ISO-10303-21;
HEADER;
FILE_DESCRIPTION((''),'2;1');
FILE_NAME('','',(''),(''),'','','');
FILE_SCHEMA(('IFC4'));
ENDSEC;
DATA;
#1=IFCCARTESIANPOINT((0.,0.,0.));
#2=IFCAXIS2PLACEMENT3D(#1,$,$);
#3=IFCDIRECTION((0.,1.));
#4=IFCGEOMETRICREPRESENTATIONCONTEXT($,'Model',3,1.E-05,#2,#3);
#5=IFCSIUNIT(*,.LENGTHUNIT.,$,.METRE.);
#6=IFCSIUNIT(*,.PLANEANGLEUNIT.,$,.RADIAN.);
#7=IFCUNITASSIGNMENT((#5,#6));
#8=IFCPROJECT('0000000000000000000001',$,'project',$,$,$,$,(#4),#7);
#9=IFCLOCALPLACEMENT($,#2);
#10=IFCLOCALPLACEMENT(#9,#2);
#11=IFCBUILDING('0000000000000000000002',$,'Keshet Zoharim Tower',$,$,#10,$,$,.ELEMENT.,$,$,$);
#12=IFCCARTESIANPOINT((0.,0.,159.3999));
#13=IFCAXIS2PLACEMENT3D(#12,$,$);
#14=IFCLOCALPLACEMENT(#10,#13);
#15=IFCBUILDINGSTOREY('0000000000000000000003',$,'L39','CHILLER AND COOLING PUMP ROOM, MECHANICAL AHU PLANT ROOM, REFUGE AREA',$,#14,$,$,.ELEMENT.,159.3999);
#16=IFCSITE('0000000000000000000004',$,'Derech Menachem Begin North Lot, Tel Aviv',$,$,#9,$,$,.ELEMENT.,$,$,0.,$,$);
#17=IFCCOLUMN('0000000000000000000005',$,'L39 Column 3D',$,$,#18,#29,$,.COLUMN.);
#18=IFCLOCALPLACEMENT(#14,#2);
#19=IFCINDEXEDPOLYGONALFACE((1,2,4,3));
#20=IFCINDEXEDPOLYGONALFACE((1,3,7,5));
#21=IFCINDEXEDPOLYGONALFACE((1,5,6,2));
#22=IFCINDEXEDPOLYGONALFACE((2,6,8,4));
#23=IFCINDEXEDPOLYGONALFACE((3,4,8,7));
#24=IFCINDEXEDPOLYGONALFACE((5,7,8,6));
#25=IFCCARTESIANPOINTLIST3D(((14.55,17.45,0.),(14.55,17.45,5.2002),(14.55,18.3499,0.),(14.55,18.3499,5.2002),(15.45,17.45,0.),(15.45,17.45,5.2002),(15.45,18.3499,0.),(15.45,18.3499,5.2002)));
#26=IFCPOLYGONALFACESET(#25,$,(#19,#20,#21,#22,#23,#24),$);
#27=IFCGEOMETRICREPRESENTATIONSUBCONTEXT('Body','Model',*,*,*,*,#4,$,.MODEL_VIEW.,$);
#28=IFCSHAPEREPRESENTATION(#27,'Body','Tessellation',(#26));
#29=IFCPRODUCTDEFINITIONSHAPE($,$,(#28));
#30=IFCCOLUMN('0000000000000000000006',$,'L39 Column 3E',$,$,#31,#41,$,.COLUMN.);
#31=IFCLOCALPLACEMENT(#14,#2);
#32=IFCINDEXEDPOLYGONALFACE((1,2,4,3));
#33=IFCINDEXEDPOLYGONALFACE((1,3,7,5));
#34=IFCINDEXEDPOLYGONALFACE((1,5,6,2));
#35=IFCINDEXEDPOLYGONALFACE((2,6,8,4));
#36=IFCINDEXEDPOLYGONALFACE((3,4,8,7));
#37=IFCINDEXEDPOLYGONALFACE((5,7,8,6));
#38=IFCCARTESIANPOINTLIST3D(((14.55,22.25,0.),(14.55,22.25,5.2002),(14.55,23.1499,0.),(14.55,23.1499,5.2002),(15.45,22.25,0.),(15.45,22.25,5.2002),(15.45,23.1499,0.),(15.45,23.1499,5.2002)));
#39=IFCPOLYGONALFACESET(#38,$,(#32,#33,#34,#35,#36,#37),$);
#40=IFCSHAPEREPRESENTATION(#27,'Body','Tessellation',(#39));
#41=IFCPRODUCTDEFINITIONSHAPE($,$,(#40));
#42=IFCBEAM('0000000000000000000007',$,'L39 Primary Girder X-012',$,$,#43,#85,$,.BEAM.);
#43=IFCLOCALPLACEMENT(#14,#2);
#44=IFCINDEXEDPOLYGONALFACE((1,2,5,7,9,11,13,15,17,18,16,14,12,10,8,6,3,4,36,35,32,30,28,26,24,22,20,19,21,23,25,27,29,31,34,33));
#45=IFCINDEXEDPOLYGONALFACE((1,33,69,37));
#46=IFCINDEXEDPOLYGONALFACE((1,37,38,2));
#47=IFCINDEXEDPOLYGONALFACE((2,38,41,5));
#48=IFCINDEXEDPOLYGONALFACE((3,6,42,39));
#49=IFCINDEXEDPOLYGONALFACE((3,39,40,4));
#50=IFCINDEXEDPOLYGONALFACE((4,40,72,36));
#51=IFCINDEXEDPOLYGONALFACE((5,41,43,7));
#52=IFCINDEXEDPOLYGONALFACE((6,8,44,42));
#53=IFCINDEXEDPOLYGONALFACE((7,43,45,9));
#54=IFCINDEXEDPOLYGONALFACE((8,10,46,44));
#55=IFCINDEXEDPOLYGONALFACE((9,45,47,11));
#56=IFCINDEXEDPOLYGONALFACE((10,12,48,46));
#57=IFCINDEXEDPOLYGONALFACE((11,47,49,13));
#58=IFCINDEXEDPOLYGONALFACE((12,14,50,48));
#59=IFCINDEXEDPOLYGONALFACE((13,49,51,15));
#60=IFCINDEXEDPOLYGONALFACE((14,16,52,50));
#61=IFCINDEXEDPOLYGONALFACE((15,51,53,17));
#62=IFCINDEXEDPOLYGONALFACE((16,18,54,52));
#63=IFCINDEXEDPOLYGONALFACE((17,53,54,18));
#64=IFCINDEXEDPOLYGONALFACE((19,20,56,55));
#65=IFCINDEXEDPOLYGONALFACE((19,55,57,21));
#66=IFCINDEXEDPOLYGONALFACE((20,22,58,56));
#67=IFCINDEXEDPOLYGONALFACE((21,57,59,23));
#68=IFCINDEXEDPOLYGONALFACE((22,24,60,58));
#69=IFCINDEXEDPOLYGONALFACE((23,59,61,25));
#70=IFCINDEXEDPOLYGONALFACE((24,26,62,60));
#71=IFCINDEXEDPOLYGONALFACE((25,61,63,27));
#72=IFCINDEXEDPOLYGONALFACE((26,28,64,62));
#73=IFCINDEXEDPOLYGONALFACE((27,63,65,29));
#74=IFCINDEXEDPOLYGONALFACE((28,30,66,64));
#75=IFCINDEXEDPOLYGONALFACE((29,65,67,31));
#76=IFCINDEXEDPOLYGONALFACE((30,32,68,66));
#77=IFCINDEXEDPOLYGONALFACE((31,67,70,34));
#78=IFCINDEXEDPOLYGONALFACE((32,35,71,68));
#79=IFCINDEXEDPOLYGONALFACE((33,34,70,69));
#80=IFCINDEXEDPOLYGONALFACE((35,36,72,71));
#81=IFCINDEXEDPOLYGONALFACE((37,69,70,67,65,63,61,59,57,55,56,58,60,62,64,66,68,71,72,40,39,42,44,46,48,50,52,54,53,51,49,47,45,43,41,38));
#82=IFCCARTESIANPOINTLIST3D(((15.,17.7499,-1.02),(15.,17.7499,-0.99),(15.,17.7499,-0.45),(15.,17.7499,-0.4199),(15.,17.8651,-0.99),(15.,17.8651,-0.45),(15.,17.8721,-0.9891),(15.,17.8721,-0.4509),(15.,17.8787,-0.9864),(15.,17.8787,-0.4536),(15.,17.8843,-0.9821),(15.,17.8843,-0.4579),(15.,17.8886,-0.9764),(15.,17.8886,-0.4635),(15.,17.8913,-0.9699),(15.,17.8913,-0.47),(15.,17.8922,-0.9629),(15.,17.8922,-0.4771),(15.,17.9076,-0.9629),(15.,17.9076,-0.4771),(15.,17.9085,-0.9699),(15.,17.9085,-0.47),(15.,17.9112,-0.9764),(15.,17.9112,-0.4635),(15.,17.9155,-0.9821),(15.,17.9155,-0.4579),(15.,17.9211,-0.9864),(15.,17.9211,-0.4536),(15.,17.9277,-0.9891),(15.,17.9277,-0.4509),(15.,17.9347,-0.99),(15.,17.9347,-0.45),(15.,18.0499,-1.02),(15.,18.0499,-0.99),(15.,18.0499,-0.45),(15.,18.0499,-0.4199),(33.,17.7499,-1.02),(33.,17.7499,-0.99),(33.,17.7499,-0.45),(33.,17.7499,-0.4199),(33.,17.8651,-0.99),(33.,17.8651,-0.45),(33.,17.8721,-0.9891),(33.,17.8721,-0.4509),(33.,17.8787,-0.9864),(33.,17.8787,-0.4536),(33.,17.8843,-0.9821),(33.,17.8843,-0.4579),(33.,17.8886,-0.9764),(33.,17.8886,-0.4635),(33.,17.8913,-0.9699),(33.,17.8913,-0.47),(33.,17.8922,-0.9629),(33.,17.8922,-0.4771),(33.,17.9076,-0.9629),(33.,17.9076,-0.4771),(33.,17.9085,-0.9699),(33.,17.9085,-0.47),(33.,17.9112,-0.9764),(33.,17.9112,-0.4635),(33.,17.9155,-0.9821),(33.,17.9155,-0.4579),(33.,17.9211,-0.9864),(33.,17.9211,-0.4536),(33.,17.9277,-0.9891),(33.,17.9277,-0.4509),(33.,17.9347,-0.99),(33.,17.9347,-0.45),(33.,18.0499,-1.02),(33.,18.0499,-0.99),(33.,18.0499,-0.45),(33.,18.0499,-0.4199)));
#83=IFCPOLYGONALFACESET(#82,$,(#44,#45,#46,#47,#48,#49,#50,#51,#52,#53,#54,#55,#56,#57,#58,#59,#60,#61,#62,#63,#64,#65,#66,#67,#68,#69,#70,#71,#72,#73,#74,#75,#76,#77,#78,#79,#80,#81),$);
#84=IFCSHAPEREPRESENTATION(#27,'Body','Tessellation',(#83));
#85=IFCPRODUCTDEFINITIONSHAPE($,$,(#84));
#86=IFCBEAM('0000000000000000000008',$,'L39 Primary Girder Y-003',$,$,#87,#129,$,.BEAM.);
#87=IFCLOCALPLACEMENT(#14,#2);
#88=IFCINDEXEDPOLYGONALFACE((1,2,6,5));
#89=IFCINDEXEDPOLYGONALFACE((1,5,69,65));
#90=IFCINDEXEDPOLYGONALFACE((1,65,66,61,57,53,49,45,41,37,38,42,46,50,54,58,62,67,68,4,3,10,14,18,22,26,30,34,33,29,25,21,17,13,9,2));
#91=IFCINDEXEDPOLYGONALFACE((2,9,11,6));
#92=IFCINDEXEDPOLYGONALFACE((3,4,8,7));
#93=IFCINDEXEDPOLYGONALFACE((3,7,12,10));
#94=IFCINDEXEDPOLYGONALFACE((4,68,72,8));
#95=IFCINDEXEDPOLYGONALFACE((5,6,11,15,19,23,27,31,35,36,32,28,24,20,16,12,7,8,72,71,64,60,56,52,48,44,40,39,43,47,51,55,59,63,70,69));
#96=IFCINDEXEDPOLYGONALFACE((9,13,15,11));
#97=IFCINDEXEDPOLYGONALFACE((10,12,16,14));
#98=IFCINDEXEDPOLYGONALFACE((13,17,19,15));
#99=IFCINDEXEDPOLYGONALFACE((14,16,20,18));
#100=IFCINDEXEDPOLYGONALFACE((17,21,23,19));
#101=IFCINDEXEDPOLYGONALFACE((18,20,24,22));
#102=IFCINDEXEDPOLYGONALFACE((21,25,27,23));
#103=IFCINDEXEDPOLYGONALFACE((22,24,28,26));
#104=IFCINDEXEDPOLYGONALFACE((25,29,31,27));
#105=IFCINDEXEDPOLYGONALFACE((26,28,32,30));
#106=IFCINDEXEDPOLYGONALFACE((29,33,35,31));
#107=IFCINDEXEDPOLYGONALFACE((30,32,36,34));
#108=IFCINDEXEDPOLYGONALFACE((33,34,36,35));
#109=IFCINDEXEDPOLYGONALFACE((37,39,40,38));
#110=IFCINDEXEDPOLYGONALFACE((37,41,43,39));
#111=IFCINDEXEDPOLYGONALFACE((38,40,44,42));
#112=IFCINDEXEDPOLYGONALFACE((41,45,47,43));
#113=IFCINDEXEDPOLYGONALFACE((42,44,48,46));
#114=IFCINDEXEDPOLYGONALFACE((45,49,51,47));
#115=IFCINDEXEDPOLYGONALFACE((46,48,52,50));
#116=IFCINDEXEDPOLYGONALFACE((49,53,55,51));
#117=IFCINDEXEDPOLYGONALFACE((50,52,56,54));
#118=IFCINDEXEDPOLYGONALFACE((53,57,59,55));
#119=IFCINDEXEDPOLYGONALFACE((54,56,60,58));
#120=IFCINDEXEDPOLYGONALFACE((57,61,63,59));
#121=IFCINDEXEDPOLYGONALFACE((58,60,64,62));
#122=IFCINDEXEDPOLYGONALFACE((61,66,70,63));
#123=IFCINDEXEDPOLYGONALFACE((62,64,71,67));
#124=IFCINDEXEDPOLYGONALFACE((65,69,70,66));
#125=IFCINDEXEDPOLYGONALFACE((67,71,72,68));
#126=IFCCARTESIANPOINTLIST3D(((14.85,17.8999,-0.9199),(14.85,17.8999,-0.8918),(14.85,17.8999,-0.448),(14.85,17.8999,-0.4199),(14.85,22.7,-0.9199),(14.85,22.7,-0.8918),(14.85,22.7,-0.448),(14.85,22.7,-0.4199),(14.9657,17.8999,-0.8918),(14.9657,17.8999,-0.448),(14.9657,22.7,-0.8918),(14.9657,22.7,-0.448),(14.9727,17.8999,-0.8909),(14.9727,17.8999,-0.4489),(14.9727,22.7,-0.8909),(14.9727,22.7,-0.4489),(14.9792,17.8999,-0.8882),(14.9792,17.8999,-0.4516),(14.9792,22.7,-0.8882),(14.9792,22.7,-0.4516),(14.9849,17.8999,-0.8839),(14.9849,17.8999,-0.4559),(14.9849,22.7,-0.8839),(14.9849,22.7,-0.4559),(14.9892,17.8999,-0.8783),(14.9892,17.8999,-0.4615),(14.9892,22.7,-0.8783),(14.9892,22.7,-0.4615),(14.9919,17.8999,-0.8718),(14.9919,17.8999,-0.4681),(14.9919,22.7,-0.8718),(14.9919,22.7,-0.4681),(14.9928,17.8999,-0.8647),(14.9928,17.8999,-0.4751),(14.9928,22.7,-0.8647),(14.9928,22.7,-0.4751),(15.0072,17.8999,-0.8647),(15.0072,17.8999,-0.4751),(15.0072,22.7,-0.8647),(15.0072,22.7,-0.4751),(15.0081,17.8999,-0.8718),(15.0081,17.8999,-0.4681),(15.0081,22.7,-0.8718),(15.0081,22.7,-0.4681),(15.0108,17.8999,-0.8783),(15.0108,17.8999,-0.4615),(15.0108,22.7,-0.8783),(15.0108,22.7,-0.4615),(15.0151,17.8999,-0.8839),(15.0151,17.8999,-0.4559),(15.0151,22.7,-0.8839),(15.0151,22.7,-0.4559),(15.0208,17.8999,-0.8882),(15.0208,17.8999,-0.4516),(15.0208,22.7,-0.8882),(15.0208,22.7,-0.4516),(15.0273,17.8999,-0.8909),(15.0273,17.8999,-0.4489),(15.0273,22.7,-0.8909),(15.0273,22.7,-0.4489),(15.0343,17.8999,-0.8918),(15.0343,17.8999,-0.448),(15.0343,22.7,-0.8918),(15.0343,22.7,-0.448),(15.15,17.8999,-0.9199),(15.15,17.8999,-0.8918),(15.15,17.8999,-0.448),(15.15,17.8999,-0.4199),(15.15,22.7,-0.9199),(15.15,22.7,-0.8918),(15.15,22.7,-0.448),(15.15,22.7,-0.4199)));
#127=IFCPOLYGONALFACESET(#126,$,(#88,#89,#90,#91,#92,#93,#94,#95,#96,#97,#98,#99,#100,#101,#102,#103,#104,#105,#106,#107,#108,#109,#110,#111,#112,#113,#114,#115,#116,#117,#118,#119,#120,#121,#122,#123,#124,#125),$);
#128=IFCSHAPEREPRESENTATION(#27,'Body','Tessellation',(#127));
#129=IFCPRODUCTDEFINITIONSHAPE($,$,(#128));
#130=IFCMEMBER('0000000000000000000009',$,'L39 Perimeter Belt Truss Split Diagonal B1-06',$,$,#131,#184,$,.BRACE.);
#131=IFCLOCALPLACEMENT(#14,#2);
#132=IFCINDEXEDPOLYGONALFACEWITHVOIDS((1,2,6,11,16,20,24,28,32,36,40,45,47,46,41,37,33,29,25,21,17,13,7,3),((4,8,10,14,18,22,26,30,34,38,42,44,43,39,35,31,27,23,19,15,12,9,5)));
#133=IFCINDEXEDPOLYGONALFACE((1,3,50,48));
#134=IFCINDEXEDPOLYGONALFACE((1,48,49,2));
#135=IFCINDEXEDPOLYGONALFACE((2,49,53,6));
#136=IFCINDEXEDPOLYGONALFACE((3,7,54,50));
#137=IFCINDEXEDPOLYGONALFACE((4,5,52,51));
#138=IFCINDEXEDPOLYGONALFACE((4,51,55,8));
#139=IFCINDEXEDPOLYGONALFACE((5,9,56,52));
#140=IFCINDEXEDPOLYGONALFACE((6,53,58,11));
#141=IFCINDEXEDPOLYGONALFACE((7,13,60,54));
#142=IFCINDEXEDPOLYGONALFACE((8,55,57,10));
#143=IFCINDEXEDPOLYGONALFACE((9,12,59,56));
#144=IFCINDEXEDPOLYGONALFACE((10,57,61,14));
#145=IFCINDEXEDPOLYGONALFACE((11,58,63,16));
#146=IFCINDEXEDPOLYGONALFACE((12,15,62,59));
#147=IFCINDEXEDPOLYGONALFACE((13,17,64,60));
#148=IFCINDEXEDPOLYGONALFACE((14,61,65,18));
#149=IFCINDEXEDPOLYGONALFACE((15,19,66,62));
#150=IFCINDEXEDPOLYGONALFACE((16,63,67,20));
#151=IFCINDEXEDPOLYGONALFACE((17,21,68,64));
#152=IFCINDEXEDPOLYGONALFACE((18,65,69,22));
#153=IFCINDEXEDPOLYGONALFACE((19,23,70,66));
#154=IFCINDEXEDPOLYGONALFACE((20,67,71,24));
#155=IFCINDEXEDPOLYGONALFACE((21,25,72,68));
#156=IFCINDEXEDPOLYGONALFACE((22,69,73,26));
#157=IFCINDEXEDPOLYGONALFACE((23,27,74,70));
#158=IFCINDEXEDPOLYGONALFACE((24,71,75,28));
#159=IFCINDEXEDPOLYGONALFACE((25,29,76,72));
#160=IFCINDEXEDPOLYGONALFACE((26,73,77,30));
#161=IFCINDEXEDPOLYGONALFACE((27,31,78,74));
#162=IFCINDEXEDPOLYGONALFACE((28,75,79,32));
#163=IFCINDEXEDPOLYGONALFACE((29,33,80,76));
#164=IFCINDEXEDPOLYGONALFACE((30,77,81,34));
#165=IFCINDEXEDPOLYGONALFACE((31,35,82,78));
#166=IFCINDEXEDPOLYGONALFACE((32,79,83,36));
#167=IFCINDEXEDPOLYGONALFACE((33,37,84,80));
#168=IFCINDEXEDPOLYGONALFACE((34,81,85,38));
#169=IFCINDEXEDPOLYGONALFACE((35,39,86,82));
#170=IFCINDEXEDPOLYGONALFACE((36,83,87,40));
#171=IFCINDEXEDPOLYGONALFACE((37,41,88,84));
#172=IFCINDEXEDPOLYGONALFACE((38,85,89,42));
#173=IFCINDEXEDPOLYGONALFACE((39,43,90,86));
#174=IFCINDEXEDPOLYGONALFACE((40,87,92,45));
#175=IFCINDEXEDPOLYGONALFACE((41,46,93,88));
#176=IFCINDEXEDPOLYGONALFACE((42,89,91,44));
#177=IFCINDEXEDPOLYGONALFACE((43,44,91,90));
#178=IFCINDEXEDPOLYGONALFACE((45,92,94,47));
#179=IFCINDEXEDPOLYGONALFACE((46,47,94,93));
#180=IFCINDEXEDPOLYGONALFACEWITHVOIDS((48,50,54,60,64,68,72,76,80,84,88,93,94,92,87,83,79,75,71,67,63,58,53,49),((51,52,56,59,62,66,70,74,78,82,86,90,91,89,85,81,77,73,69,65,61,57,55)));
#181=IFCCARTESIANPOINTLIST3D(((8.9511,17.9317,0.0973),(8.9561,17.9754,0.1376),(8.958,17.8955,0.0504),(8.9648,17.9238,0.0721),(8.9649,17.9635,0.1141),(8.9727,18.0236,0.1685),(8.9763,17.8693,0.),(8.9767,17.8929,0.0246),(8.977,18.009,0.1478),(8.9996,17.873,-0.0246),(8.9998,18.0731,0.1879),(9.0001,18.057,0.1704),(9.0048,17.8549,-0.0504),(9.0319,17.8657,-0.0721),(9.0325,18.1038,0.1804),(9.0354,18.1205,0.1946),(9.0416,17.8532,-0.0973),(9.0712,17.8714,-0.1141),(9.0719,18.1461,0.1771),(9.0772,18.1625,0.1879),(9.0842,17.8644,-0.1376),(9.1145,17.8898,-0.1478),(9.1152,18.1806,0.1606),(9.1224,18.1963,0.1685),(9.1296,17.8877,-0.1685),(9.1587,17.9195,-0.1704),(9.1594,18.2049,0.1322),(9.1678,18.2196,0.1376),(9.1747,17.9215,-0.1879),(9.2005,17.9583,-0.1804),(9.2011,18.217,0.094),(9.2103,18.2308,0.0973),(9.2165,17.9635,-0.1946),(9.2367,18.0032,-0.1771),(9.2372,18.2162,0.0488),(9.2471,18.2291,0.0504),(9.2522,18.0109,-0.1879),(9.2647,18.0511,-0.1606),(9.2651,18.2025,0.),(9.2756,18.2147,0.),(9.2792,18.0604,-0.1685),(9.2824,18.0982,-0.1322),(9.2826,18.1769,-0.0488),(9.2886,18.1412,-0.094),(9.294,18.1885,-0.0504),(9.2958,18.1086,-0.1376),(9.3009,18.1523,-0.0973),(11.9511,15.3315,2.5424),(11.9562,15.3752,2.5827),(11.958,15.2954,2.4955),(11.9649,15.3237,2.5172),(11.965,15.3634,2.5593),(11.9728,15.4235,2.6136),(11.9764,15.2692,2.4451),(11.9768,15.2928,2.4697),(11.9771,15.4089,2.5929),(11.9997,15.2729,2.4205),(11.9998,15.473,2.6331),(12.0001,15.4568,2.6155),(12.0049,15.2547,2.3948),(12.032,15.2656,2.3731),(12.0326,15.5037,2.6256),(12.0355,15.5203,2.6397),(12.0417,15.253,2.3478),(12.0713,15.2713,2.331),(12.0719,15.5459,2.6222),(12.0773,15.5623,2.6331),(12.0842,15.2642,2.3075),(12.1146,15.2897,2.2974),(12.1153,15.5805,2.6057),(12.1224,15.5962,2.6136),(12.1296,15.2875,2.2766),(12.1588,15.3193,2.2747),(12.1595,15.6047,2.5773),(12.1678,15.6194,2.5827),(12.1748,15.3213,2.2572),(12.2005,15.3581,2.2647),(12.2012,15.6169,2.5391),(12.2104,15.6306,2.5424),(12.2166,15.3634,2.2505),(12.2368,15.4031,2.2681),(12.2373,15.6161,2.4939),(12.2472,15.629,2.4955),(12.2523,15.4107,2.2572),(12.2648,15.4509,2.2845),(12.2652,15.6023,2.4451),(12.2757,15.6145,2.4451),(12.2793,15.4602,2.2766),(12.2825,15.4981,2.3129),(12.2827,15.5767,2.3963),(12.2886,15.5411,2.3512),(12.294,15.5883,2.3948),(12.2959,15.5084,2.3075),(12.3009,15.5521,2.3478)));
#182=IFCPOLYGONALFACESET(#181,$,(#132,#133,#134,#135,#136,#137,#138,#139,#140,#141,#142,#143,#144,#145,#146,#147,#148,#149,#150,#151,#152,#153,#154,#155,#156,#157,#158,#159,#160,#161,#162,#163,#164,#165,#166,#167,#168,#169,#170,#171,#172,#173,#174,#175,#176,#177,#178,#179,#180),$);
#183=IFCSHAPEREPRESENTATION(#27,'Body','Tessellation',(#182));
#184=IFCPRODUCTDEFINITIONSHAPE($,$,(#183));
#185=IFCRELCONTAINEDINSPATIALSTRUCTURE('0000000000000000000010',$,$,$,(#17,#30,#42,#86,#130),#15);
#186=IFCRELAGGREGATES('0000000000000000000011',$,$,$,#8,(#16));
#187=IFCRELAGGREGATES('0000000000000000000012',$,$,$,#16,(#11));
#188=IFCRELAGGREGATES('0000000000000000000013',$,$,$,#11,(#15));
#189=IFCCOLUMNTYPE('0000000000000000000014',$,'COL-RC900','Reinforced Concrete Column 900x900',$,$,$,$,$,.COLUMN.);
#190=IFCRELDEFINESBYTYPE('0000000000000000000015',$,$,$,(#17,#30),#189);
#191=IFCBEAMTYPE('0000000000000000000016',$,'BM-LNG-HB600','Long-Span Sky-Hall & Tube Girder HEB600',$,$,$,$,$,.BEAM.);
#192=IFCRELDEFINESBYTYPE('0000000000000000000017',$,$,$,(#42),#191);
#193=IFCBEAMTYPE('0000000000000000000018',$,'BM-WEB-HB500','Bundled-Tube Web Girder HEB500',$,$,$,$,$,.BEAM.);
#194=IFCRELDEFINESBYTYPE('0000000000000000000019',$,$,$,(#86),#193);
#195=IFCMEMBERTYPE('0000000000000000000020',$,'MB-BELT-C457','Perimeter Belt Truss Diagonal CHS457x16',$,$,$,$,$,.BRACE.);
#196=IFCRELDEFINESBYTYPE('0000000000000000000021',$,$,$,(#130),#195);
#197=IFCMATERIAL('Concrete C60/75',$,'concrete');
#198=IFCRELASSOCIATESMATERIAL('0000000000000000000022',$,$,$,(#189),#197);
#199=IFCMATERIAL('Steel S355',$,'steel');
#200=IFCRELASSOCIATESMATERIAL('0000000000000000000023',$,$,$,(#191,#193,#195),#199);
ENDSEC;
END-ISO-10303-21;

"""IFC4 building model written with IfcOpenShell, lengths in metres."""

from ifc_helpers import new_model, si_unit, direction, frame, origin, origin_2d, place, context, subcontext, project, spatial, rectangle, hollow_circle, i_section, extrude, material, material_profile, profile_set, type_object, element, save


model = new_model("IFC4")

# Units and contexts
model_context = context("Model", 3, precision=1e-05, world=origin(), true_north=direction((0.0, 1.0)))
body_context = subcontext(model_context, "Body", "Model", "MODEL_VIEW")
ifc_project = project(units=[si_unit("LENGTHUNIT", "METRE"), si_unit("PLANEANGLEUNIT", "RADIAN")], contexts=[model_context])

# Site, building, storey
site_placement = place(None, origin())
site = spatial("IfcSite", under=ifc_project, at=site_placement, Name="Derech Menachem Begin North Lot, Tel Aviv", CompositionType="ELEMENT", RefElevation=0.0)
building_placement = place(site_placement, origin())
building = spatial("IfcBuilding", under=site, at=building_placement, Name="Keshet Zoharim Tower", CompositionType="ELEMENT")
storey_placement = place(building_placement, frame((0.0, 0.0, 159.3999)))
storey = spatial("IfcBuildingStorey", under=building, at=storey_placement, Name="L39", Description="CHILLER AND COOLING PUMP ROOM, MECHANICAL AHU PLANT ROOM, REFUGE AREA", CompositionType="ELEMENT", Elevation=159.3999)

# Columns
ifc_material_1 = material(Name="Concrete C60/75", Category="concrete")
ifc_material_profile_1 = material_profile(ifc_material_1, rectangle(XDim=0.8999, YDim=0.8999, at=origin_2d()), Name="RC900x900")
ifc_profile_set_1 = profile_set([ifc_material_profile_1], Name="Concrete C60/75")
column_type = type_object("IfcColumnType", Name="COL-RC900", Description="Reinforced Concrete Column 900x900", PredefinedType="COLUMN", material=ifc_profile_set_1)
for number, where, z_axis, x_axis, name in (
    (1, (15.0, 17.8999, 0.0), (0.0, 0.0, 1.0), (1.0, 0.0, 0.0), "L39 Column 3D"),
    (2, (15.0, 22.7, 0.0), (0.0, 0.0, 1.0), (1.0, 0.0, 0.0), "L39 Column 3E"),
):
    element("IfcColumn", number, at=place(storey_placement, frame(where, z_axis=z_axis, x_axis=x_axis)), inside=storey, type_object=column_type, Name=name, PredefinedType="COLUMN", context=body_context, shape_type="SweptSolid", body=[
        extrude(rectangle(XDim=0.8999, YDim=0.8999, at=origin_2d()), origin(), (0.0, 0.0, 1.0), 5.2002),
    ])

# Beams
ifc_material_2 = material(Name="Steel S355", Category="steel")
ifc_material_profile_2 = material_profile(ifc_material_2, i_section(OverallWidth=0.3, OverallDepth=0.6001, WebThickness=0.0154, FlangeThickness=0.03, FilletRadius=0.0271, at=origin_2d()), Name="HEB600")
ifc_profile_set_2 = profile_set([ifc_material_profile_2], Name="Steel S355")
beam_type_1 = type_object("IfcBeamType", Name="BM-LNG-HB600", Description="Long-Span Sky-Hall & Tube Girder HEB600", PredefinedType="BEAM", material=ifc_profile_set_2)
beam_1_placement = place(storey_placement, frame((15.0, 17.8999, -0.72), z_axis=(1.0, 0.0, 0.0), x_axis=(0.0, 1.0, 0.0)))
element("IfcBeam", 3, at=beam_1_placement, inside=storey, type_object=beam_type_1, Name="L39 Primary Girder X-012", PredefinedType="BEAM", context=body_context, shape_type="SweptSolid", body=[
    extrude(i_section(OverallWidth=0.3, OverallDepth=0.6001, WebThickness=0.0154, FlangeThickness=0.03, FilletRadius=0.0271, at=origin_2d()), origin(), (0.0, 0.0, 1.0), 18.0),
])
ifc_material_profile_3 = material_profile(ifc_material_2, i_section(OverallWidth=0.3, OverallDepth=0.5, WebThickness=0.0144, FlangeThickness=0.0281, FilletRadius=0.0271, at=origin_2d()), Name="HEB500")
ifc_profile_set_3 = profile_set([ifc_material_profile_3], Name="Steel S355")
beam_type_2 = type_object("IfcBeamType", Name="BM-WEB-HB500", Description="Bundled-Tube Web Girder HEB500", PredefinedType="BEAM", material=ifc_profile_set_3)
beam_2_placement = place(storey_placement, frame((15.0, 17.8999, -0.6699), z_axis=(0.0, 1.0, 0.0), x_axis=(-1.0, 0.0, 0.0)))
element("IfcBeam", 4, at=beam_2_placement, inside=storey, type_object=beam_type_2, Name="L39 Primary Girder Y-003", PredefinedType="BEAM", context=body_context, shape_type="SweptSolid", body=[
    extrude(i_section(OverallWidth=0.3, OverallDepth=0.5, WebThickness=0.0144, FlangeThickness=0.0281, FilletRadius=0.0271, at=origin_2d()), origin(), (0.0, 0.0, 1.0), 4.8),
])

# Member
ifc_material_profile_4 = material_profile(ifc_material_2, hollow_circle(Radius=0.2285, WallThickness=0.0161, at=origin_2d()), Name="CHS457x16")
ifc_profile_set_4 = profile_set([ifc_material_profile_4], Name="Steel S355")
member_type_1 = type_object("IfcMemberType", Name="MB-BELT-C457", Description="Perimeter Belt Truss Diagonal CHS457x16", PredefinedType="BRACE", material=ifc_profile_set_4)
member_1_placement = place(storey_placement, frame((9.126, 18.042, 0.0), z_axis=(0.643432, -0.557662, 0.524412), x_axis=(0.654945, 0.755677, 0.0)))
element("IfcMember", 5, at=member_1_placement, inside=storey, type_object=member_type_1, Name="L39 Perimeter Belt Truss Split Diagonal B1-06", PredefinedType="BRACE", context=body_context, shape_type="SweptSolid", body=[
    extrude(hollow_circle(Radius=0.2285, WallThickness=0.0161, at=origin_2d()), origin(), (0.0, 0.0, 1.0), 4.6626),
])

save(model, "model.ifc")
